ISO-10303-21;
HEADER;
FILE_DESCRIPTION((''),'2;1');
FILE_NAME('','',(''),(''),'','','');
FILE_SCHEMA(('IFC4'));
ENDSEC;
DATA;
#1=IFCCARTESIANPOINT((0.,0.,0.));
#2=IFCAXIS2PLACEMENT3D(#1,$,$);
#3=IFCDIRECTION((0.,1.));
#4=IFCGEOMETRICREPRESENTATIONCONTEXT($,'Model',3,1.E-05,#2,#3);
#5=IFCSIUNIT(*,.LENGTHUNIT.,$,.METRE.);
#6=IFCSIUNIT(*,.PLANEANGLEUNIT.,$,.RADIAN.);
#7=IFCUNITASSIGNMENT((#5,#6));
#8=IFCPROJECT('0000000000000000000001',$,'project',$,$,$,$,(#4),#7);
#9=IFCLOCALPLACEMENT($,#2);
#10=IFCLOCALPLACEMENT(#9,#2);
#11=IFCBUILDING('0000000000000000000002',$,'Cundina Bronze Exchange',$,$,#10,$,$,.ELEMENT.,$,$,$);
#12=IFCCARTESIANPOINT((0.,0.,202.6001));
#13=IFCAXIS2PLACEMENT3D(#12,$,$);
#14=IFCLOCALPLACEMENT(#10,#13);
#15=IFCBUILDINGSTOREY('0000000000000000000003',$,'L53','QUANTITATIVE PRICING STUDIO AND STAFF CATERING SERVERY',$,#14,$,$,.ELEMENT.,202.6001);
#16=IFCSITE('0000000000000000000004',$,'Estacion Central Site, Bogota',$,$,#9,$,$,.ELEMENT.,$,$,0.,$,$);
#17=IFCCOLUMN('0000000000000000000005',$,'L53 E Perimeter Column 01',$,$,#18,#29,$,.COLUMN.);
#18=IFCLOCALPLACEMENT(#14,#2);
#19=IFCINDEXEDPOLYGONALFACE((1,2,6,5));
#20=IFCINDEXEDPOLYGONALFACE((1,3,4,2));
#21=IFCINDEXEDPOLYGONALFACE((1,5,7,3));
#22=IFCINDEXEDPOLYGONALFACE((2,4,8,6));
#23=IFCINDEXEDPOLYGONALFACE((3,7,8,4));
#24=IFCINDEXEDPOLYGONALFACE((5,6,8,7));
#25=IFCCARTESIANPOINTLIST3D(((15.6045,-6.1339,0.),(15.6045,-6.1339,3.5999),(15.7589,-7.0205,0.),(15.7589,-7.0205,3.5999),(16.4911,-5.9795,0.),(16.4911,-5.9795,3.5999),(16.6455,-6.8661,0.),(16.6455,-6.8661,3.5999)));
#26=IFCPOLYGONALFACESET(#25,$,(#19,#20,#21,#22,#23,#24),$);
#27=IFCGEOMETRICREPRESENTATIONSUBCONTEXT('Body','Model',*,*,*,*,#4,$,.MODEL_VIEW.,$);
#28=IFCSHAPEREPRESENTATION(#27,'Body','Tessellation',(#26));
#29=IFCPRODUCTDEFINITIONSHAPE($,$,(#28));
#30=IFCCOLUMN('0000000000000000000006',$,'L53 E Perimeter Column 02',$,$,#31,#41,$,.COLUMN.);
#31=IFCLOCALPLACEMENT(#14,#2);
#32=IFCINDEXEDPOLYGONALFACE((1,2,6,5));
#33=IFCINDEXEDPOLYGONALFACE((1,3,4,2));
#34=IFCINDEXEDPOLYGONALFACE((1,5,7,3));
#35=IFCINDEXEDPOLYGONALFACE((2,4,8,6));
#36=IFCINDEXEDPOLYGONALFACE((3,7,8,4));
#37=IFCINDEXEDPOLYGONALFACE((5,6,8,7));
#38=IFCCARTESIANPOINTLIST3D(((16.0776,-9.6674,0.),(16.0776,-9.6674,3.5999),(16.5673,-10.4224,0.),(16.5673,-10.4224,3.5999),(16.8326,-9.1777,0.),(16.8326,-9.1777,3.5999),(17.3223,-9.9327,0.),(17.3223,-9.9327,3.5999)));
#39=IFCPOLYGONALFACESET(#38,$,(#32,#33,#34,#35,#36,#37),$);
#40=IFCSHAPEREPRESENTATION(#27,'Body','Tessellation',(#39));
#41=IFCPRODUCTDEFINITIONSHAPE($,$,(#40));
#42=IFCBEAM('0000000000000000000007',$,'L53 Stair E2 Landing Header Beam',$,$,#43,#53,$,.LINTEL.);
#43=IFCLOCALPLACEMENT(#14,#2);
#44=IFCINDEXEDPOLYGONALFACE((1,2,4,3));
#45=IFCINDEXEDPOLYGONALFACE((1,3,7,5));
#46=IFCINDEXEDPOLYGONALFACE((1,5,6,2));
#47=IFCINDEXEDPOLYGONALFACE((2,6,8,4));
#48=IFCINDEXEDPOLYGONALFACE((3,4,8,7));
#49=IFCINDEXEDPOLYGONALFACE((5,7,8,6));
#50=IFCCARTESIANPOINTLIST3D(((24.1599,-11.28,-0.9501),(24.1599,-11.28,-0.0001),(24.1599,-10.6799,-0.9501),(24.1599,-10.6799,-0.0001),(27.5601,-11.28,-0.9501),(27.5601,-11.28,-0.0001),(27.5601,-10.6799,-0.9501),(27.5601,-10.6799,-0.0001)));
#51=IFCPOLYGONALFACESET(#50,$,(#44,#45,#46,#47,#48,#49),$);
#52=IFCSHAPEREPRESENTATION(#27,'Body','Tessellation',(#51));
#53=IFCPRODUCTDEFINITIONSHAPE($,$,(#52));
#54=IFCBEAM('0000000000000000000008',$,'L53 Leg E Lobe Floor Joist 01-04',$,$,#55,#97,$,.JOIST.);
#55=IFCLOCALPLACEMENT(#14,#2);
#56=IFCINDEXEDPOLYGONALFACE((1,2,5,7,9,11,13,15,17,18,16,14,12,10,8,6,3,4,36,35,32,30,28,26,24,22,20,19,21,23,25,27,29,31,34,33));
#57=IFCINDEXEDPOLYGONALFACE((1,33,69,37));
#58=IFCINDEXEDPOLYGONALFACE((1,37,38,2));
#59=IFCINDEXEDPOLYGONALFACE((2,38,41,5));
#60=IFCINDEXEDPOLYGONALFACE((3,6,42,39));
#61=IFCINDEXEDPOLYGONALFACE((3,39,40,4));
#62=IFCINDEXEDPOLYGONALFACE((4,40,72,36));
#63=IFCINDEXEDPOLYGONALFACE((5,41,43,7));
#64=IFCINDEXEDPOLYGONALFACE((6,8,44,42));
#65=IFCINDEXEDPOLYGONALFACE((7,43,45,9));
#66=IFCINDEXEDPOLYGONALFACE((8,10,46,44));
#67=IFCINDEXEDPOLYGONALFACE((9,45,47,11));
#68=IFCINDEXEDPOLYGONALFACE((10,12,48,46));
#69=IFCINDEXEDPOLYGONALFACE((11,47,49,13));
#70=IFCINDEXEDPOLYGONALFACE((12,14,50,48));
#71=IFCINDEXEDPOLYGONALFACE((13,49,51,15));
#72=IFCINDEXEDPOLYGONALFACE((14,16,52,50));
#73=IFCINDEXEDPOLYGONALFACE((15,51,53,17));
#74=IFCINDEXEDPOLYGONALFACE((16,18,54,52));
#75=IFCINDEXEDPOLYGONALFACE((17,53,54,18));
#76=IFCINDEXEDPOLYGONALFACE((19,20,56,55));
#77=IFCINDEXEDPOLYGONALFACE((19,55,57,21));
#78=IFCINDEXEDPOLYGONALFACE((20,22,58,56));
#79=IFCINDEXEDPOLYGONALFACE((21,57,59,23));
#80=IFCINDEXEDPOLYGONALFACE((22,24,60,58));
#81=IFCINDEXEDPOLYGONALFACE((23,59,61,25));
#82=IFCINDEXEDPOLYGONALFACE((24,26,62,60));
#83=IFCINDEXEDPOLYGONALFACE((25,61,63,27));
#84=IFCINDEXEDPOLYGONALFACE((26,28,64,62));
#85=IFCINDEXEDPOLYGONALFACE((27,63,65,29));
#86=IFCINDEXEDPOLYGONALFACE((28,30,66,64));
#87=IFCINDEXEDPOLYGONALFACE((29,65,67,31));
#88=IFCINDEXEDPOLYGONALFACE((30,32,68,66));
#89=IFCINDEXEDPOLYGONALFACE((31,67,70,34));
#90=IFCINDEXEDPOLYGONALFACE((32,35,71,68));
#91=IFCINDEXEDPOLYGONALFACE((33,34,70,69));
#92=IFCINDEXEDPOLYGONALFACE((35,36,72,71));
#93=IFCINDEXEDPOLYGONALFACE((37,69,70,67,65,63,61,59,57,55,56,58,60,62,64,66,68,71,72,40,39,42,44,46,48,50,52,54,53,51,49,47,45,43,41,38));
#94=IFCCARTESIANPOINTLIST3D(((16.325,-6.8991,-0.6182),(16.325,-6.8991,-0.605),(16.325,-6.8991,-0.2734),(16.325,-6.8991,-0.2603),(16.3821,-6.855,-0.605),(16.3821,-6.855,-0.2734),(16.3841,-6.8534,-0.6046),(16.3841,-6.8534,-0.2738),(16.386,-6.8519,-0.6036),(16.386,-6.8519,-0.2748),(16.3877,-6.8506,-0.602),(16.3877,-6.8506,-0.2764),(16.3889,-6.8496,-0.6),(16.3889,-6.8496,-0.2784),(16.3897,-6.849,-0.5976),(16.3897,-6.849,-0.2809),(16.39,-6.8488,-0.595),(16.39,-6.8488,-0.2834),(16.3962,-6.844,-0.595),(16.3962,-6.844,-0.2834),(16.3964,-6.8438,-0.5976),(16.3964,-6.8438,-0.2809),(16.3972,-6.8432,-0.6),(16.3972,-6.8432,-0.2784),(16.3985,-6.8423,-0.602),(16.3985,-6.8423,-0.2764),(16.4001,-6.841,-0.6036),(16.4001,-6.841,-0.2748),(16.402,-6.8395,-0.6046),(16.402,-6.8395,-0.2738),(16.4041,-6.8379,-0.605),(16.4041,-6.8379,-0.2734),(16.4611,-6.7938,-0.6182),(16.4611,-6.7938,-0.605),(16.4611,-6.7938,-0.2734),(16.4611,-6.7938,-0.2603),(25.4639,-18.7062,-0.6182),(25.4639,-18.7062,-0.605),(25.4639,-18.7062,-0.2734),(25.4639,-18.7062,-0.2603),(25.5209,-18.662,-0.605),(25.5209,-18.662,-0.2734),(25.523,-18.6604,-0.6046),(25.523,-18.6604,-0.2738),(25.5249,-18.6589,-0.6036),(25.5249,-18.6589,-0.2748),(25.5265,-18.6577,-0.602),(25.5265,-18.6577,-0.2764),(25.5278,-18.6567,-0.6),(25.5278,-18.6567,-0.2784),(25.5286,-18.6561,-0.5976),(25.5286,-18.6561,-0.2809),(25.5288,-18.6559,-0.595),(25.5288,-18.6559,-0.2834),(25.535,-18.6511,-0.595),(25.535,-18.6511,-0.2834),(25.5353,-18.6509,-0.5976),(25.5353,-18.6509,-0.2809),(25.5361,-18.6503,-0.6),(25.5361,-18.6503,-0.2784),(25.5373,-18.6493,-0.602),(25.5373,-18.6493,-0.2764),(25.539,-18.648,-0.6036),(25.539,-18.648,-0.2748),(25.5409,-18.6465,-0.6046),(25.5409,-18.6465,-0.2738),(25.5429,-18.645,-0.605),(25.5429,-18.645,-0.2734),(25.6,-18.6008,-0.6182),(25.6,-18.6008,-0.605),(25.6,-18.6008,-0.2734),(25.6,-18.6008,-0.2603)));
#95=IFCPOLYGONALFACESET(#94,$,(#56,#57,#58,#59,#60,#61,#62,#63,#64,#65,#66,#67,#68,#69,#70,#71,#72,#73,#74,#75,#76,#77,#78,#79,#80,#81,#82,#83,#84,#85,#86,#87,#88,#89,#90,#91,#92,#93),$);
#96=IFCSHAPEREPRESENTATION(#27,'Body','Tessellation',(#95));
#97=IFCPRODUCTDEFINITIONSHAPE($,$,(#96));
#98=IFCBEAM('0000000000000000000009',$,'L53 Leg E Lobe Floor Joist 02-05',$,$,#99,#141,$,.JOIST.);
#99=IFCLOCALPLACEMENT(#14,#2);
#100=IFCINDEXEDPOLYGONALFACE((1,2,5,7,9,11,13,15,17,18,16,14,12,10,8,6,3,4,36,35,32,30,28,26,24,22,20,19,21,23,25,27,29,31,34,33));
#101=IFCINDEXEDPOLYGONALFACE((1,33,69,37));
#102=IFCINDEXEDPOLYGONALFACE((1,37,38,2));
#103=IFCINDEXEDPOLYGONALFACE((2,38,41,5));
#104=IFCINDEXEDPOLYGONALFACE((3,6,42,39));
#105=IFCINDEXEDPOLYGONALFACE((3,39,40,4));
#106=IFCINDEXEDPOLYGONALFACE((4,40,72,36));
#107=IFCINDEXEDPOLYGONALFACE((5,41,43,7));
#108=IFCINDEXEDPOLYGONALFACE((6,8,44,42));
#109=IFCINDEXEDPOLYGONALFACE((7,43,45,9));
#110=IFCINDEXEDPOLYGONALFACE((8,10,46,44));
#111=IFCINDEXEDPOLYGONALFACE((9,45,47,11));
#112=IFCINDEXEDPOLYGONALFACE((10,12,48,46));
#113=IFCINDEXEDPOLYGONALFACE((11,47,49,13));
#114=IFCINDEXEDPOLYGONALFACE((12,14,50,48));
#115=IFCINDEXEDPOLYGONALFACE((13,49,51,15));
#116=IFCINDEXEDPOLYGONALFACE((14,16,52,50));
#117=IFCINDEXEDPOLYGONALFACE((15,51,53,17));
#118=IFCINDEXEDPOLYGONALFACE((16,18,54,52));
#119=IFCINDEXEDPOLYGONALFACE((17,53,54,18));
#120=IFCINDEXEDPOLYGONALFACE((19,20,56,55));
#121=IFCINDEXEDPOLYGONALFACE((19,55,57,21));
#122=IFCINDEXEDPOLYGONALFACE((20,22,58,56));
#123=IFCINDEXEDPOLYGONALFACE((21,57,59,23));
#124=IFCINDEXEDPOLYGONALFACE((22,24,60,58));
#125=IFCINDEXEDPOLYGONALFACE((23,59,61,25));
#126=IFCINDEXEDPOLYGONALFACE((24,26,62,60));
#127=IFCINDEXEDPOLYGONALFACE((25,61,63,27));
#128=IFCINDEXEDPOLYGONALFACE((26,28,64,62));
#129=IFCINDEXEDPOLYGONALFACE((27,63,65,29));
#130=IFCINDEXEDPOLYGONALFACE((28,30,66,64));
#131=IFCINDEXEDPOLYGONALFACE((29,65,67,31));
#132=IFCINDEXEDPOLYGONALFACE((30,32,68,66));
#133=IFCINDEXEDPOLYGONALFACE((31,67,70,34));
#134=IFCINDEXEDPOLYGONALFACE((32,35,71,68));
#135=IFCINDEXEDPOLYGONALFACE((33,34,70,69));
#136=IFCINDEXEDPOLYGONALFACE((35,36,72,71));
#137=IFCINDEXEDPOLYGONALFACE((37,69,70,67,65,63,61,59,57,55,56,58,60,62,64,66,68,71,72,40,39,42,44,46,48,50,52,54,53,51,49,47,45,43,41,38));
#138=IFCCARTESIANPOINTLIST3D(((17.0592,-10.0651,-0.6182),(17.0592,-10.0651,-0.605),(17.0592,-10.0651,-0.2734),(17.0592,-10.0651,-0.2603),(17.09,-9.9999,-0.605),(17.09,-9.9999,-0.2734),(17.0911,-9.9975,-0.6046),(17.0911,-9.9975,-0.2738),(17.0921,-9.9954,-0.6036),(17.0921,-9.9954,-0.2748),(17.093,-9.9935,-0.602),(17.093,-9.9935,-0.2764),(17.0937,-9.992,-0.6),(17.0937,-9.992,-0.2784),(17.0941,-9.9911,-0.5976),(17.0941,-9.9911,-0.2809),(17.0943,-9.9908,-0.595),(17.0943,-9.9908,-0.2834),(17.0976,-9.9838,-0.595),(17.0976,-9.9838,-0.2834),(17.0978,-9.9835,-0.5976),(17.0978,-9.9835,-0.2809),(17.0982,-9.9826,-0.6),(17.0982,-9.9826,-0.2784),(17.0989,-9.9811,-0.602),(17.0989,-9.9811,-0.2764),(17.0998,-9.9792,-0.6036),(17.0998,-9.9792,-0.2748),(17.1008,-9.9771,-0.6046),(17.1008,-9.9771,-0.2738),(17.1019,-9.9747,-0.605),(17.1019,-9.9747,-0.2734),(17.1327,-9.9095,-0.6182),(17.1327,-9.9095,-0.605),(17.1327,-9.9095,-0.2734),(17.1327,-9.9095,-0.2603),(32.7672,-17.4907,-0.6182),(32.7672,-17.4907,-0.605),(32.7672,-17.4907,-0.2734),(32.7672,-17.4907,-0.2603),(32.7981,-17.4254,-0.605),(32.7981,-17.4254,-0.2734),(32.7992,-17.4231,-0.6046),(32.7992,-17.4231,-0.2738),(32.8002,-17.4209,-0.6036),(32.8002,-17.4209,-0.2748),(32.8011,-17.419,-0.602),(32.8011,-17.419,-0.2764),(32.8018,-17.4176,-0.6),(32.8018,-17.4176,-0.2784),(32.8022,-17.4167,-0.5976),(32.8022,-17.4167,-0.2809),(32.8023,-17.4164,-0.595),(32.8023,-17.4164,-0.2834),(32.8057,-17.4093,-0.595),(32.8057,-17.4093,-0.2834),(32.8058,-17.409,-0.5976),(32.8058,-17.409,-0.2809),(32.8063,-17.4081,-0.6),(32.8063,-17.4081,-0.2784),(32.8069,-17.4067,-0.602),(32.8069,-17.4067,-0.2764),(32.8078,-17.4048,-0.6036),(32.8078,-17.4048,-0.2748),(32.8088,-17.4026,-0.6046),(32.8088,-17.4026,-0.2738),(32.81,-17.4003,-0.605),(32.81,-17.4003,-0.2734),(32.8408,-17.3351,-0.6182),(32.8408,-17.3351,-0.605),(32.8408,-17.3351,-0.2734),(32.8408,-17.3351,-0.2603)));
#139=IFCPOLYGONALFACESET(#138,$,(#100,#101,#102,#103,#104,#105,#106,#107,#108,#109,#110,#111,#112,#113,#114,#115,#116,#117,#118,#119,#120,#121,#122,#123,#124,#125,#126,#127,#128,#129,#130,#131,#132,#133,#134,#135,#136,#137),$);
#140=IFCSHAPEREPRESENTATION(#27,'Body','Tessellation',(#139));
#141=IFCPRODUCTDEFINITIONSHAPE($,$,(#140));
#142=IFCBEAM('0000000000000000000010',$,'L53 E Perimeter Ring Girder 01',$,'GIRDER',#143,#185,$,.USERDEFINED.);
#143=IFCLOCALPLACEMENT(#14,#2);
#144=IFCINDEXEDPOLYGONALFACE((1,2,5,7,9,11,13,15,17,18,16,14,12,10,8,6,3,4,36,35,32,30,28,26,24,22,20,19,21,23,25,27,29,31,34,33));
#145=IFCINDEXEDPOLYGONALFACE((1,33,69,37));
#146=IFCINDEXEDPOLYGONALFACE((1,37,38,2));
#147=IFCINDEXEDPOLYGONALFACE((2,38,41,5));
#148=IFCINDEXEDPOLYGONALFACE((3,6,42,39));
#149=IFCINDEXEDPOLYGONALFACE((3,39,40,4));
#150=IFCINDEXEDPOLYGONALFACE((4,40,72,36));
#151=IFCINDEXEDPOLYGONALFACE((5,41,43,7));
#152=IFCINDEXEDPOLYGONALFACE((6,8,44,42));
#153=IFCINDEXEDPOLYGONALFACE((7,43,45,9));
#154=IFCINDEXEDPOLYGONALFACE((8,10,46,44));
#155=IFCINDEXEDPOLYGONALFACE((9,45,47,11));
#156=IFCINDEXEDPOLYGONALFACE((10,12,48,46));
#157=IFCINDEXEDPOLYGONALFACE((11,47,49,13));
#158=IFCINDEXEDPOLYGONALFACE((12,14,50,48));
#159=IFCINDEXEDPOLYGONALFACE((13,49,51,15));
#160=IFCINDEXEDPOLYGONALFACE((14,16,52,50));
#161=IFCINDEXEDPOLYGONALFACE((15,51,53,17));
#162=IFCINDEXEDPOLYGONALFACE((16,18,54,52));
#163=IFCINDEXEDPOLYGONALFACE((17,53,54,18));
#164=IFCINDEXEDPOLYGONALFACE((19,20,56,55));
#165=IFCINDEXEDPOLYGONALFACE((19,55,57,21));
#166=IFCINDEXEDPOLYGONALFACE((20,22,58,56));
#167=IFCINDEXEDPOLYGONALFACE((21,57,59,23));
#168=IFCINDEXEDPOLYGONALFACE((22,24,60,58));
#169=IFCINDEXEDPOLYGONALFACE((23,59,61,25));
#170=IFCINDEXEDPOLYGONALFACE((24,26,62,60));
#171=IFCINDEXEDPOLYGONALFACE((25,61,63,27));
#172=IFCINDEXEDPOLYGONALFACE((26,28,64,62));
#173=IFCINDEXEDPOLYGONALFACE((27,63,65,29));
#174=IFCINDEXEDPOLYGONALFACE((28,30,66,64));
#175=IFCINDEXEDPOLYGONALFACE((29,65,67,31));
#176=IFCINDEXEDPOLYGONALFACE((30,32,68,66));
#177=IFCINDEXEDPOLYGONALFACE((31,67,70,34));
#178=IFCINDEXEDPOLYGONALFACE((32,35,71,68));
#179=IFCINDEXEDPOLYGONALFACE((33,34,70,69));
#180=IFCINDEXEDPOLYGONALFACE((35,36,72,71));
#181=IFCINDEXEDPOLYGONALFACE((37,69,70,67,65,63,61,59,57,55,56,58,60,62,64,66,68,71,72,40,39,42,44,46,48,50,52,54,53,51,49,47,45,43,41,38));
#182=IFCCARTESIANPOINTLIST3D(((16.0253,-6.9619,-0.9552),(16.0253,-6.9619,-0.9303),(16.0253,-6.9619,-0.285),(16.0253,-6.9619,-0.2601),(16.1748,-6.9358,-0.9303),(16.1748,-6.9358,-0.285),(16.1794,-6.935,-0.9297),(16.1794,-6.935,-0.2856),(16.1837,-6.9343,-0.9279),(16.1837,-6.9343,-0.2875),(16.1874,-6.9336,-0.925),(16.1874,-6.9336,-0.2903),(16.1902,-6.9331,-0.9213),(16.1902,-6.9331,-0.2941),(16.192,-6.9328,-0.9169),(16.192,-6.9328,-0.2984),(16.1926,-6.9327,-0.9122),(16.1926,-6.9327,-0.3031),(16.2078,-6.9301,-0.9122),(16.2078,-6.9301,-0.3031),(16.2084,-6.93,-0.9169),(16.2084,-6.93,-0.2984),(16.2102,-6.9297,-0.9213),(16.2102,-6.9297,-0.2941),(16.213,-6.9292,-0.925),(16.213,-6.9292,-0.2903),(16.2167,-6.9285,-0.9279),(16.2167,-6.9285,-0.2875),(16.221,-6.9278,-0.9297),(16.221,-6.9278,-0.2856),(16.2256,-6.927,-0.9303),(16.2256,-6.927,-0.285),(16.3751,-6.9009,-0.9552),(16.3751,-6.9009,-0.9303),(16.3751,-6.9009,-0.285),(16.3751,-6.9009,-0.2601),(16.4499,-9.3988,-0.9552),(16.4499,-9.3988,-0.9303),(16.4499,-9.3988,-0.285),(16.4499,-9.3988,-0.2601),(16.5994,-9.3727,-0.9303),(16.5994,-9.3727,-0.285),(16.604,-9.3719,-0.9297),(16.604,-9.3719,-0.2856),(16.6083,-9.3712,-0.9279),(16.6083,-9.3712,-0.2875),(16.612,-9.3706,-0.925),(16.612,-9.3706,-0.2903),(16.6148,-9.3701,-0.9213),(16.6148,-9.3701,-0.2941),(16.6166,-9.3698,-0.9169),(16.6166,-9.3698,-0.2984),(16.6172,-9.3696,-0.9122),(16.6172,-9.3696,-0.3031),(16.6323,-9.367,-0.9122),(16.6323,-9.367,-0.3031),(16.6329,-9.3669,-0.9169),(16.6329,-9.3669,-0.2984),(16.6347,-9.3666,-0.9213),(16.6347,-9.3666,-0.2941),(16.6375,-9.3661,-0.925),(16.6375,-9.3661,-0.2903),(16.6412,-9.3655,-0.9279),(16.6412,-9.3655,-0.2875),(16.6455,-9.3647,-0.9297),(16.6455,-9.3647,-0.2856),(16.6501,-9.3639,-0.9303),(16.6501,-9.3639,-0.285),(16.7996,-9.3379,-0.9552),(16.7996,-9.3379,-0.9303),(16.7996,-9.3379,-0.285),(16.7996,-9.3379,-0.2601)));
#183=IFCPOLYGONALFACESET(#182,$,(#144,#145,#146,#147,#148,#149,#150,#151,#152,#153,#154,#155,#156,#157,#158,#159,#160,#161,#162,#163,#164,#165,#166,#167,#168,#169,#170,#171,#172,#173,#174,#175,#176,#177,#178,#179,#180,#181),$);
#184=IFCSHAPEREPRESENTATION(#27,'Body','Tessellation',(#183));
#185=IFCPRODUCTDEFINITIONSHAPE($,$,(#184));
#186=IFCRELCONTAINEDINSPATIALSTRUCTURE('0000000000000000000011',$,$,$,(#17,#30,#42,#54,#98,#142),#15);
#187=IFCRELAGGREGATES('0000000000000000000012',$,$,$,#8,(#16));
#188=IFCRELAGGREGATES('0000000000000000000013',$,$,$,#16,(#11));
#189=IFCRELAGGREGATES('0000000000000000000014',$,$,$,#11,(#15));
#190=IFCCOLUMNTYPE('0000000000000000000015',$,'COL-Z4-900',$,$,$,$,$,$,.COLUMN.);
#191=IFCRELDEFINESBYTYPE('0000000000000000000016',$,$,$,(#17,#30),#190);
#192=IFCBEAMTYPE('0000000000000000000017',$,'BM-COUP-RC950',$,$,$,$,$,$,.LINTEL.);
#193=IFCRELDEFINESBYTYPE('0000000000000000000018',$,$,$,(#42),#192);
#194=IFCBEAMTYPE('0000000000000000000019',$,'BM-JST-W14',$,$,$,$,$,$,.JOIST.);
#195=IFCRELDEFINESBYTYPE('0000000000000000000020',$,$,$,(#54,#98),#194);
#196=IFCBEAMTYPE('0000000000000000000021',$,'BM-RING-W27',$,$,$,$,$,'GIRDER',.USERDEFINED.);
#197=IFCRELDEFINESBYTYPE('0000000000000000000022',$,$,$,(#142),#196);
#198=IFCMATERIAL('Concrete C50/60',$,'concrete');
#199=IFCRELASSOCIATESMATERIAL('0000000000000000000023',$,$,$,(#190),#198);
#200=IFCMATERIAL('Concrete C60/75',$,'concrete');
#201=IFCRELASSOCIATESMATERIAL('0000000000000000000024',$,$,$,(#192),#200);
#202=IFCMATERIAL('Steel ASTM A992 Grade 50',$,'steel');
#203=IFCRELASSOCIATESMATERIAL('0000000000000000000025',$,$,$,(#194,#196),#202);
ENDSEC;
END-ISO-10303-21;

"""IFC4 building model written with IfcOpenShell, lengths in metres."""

from ifc_helpers import new_model, si_unit, direction, frame, origin, origin_2d, place, context, subcontext, project, spatial, rectangle, i_section, extrude, material, material_profile, profile_set, type_object, element, save


model = new_model("IFC4")

# Units and contexts
model_context = context("Model", 3, precision=1e-05, world=origin(), true_north=direction((0.0, 1.0)))
body_context = subcontext(model_context, "Body", "Model", "MODEL_VIEW")
ifc_project = project(units=[si_unit("LENGTHUNIT", "METRE"), si_unit("PLANEANGLEUNIT", "RADIAN")], contexts=[model_context])

# Site, building, storey
site_placement = place(None, origin())
site = spatial("IfcSite", under=ifc_project, at=site_placement, Name="Estacion Central Site, Bogota", CompositionType="ELEMENT", RefElevation=0.0)
building_placement = place(site_placement, origin())
building = spatial("IfcBuilding", under=site, at=building_placement, Name="Cundina Bronze Exchange", CompositionType="ELEMENT")
storey_placement = place(building_placement, frame((0.0, 0.0, 202.6001)))
storey = spatial("IfcBuildingStorey", under=building, at=storey_placement, Name="L53", Description="QUANTITATIVE PRICING STUDIO AND STAFF CATERING SERVERY", CompositionType="ELEMENT", Elevation=202.6001)

# Columns
ifc_material_1 = material(Name="Concrete C50/60", Category="concrete")
ifc_material_profile_1 = material_profile(ifc_material_1, rectangle(XDim=0.8999, YDim=0.8999, at=origin_2d()), Name="RC900X900", Category="concrete")
ifc_profile_set_1 = profile_set([ifc_material_profile_1], Name="Concrete C50/60")
column_type = type_object("IfcColumnType", Name="COL-Z4-900", PredefinedType="COLUMN", material=ifc_profile_set_1)
for number, where, z_axis, x_axis, name in (
    (1, (16.125, -6.5, 0.0), (0.0, 0.0, 1.0), (0.171585, -0.985169, 0.0), "L53 E Perimeter Column 01"),
    (2, (16.7, -9.8, 0.0), (0.0, 0.0, 1.0), (0.5442, -0.838956, 0.0), "L53 E Perimeter Column 02"),
):
    element("IfcColumn", number, at=place(storey_placement, frame(where, z_axis=z_axis, x_axis=x_axis)), inside=storey, type_object=column_type, Name=name, PredefinedType="COLUMN", context=body_context, shape_type="SweptSolid", body=[
        extrude(rectangle(XDim=0.8999, YDim=0.8999, at=origin_2d()), origin(), (0.0, 0.0, 1.0), 3.5999),
    ])

# Beams
ifc_material_2 = material(Name="Concrete C60/75", Category="concrete")
ifc_material_profile_2 = material_profile(ifc_material_2, rectangle(XDim=0.6001, YDim=0.95, at=origin_2d()), Name="RC600X950", Category="concrete")
ifc_profile_set_2 = profile_set([ifc_material_profile_2], Name="Concrete C60/75")
beam_type_1 = type_object("IfcBeamType", Name="BM-COUP-RC950", PredefinedType="LINTEL", material=ifc_profile_set_2)
beam_1_placement = place(storey_placement, frame((24.1599, -10.98, -0.4751), z_axis=(1.0, 0.0, 0.0), x_axis=(0.0, 1.0, 0.0)))
element("IfcBeam", 3, at=beam_1_placement, inside=storey, type_object=beam_type_1, Name="L53 Stair E2 Landing Header Beam", PredefinedType="LINTEL", context=body_context, shape_type="SweptSolid", body=[
    extrude(rectangle(XDim=0.6001, YDim=0.95, at=origin_2d()), origin(), (0.0, 0.0, 1.0), 3.4001),
])
ifc_material_3 = material(Name="Steel ASTM A992 Grade 50", Category="steel")
ifc_material_profile_3 = material_profile(ifc_material_3, i_section(OverallWidth=0.1721, OverallDepth=0.3579, WebThickness=0.0078, FlangeThickness=0.0132, FilletRadius=0.01, at=origin_2d()), Name="W14X38", Category="steel")
ifc_profile_set_3 = profile_set([ifc_material_profile_3], Name="Steel ASTM A992 Grade 50")
beam_type_2 = type_object("IfcBeamType", Name="BM-JST-W14", PredefinedType="JOIST", material=ifc_profile_set_3)
beam_2_placement = place(storey_placement, frame((16.3931, -6.8464, -0.4392), z_axis=(0.612086, -0.790791, 0.0), x_axis=(0.790791, 0.612086, 0.0)))
element("IfcBeam", 4, at=beam_2_placement, inside=storey, type_object=beam_type_2, Name="L53 Leg E Lobe Floor Joist 01-04", PredefinedType="JOIST", context=body_context, shape_type="SweptSolid", body=[
    extrude(i_section(OverallWidth=0.1721, OverallDepth=0.3579, WebThickness=0.0078, FlangeThickness=0.0132, FilletRadius=0.01, at=origin_2d()), origin(), (0.0, 0.0, 1.0), 14.9307),
])
beam_3_placement = place(storey_placement, frame((17.0959, -9.9873, -0.4392), z_axis=(0.904074, -0.427376, 0.0), x_axis=(0.427376, 0.904074, 0.0)))
element("IfcBeam", 5, at=beam_3_placement, inside=storey, type_object=beam_type_2, Name="L53 Leg E Lobe Floor Joist 02-05", PredefinedType="JOIST", context=body_context, shape_type="SweptSolid", body=[
    extrude(i_section(OverallWidth=0.1721, OverallDepth=0.3579, WebThickness=0.0078, FlangeThickness=0.0132, FilletRadius=0.01, at=origin_2d()), origin(), (0.0, 0.0, 1.0), 17.3748),
])
ifc_material_profile_4 = material_profile(ifc_material_3, i_section(OverallWidth=0.355, OverallDepth=0.6951, WebThickness=0.0154, FlangeThickness=0.0249, FilletRadius=0.0181, at=origin_2d()), Name="W27X146", Category="steel")
ifc_profile_set_4 = profile_set([ifc_material_profile_4], Name="Steel ASTM A992 Grade 50")
beam_type_3 = type_object("IfcBeamType", Name="BM-RING-W27", ElementType="GIRDER", PredefinedType="USERDEFINED", material=ifc_profile_set_4)
beam_4_placement = place(storey_placement, frame((16.2002, -6.9314, -0.6077), z_axis=(0.171629, -0.985162, 0.0), x_axis=(0.985162, 0.171629, 0.0)))
element("IfcBeam", 6, at=beam_4_placement, inside=storey, type_object=beam_type_3, Name="L53 E Perimeter Ring Girder 01", ObjectType="GIRDER", PredefinedType="USERDEFINED", context=body_context, shape_type="SweptSolid", body=[
    extrude(i_section(OverallWidth=0.355, OverallDepth=0.6951, WebThickness=0.0154, FlangeThickness=0.0249, FilletRadius=0.0181, at=origin_2d()), origin(), (0.0, 0.0, 1.0), 2.4736),
])

save(model, "model.ifc")
